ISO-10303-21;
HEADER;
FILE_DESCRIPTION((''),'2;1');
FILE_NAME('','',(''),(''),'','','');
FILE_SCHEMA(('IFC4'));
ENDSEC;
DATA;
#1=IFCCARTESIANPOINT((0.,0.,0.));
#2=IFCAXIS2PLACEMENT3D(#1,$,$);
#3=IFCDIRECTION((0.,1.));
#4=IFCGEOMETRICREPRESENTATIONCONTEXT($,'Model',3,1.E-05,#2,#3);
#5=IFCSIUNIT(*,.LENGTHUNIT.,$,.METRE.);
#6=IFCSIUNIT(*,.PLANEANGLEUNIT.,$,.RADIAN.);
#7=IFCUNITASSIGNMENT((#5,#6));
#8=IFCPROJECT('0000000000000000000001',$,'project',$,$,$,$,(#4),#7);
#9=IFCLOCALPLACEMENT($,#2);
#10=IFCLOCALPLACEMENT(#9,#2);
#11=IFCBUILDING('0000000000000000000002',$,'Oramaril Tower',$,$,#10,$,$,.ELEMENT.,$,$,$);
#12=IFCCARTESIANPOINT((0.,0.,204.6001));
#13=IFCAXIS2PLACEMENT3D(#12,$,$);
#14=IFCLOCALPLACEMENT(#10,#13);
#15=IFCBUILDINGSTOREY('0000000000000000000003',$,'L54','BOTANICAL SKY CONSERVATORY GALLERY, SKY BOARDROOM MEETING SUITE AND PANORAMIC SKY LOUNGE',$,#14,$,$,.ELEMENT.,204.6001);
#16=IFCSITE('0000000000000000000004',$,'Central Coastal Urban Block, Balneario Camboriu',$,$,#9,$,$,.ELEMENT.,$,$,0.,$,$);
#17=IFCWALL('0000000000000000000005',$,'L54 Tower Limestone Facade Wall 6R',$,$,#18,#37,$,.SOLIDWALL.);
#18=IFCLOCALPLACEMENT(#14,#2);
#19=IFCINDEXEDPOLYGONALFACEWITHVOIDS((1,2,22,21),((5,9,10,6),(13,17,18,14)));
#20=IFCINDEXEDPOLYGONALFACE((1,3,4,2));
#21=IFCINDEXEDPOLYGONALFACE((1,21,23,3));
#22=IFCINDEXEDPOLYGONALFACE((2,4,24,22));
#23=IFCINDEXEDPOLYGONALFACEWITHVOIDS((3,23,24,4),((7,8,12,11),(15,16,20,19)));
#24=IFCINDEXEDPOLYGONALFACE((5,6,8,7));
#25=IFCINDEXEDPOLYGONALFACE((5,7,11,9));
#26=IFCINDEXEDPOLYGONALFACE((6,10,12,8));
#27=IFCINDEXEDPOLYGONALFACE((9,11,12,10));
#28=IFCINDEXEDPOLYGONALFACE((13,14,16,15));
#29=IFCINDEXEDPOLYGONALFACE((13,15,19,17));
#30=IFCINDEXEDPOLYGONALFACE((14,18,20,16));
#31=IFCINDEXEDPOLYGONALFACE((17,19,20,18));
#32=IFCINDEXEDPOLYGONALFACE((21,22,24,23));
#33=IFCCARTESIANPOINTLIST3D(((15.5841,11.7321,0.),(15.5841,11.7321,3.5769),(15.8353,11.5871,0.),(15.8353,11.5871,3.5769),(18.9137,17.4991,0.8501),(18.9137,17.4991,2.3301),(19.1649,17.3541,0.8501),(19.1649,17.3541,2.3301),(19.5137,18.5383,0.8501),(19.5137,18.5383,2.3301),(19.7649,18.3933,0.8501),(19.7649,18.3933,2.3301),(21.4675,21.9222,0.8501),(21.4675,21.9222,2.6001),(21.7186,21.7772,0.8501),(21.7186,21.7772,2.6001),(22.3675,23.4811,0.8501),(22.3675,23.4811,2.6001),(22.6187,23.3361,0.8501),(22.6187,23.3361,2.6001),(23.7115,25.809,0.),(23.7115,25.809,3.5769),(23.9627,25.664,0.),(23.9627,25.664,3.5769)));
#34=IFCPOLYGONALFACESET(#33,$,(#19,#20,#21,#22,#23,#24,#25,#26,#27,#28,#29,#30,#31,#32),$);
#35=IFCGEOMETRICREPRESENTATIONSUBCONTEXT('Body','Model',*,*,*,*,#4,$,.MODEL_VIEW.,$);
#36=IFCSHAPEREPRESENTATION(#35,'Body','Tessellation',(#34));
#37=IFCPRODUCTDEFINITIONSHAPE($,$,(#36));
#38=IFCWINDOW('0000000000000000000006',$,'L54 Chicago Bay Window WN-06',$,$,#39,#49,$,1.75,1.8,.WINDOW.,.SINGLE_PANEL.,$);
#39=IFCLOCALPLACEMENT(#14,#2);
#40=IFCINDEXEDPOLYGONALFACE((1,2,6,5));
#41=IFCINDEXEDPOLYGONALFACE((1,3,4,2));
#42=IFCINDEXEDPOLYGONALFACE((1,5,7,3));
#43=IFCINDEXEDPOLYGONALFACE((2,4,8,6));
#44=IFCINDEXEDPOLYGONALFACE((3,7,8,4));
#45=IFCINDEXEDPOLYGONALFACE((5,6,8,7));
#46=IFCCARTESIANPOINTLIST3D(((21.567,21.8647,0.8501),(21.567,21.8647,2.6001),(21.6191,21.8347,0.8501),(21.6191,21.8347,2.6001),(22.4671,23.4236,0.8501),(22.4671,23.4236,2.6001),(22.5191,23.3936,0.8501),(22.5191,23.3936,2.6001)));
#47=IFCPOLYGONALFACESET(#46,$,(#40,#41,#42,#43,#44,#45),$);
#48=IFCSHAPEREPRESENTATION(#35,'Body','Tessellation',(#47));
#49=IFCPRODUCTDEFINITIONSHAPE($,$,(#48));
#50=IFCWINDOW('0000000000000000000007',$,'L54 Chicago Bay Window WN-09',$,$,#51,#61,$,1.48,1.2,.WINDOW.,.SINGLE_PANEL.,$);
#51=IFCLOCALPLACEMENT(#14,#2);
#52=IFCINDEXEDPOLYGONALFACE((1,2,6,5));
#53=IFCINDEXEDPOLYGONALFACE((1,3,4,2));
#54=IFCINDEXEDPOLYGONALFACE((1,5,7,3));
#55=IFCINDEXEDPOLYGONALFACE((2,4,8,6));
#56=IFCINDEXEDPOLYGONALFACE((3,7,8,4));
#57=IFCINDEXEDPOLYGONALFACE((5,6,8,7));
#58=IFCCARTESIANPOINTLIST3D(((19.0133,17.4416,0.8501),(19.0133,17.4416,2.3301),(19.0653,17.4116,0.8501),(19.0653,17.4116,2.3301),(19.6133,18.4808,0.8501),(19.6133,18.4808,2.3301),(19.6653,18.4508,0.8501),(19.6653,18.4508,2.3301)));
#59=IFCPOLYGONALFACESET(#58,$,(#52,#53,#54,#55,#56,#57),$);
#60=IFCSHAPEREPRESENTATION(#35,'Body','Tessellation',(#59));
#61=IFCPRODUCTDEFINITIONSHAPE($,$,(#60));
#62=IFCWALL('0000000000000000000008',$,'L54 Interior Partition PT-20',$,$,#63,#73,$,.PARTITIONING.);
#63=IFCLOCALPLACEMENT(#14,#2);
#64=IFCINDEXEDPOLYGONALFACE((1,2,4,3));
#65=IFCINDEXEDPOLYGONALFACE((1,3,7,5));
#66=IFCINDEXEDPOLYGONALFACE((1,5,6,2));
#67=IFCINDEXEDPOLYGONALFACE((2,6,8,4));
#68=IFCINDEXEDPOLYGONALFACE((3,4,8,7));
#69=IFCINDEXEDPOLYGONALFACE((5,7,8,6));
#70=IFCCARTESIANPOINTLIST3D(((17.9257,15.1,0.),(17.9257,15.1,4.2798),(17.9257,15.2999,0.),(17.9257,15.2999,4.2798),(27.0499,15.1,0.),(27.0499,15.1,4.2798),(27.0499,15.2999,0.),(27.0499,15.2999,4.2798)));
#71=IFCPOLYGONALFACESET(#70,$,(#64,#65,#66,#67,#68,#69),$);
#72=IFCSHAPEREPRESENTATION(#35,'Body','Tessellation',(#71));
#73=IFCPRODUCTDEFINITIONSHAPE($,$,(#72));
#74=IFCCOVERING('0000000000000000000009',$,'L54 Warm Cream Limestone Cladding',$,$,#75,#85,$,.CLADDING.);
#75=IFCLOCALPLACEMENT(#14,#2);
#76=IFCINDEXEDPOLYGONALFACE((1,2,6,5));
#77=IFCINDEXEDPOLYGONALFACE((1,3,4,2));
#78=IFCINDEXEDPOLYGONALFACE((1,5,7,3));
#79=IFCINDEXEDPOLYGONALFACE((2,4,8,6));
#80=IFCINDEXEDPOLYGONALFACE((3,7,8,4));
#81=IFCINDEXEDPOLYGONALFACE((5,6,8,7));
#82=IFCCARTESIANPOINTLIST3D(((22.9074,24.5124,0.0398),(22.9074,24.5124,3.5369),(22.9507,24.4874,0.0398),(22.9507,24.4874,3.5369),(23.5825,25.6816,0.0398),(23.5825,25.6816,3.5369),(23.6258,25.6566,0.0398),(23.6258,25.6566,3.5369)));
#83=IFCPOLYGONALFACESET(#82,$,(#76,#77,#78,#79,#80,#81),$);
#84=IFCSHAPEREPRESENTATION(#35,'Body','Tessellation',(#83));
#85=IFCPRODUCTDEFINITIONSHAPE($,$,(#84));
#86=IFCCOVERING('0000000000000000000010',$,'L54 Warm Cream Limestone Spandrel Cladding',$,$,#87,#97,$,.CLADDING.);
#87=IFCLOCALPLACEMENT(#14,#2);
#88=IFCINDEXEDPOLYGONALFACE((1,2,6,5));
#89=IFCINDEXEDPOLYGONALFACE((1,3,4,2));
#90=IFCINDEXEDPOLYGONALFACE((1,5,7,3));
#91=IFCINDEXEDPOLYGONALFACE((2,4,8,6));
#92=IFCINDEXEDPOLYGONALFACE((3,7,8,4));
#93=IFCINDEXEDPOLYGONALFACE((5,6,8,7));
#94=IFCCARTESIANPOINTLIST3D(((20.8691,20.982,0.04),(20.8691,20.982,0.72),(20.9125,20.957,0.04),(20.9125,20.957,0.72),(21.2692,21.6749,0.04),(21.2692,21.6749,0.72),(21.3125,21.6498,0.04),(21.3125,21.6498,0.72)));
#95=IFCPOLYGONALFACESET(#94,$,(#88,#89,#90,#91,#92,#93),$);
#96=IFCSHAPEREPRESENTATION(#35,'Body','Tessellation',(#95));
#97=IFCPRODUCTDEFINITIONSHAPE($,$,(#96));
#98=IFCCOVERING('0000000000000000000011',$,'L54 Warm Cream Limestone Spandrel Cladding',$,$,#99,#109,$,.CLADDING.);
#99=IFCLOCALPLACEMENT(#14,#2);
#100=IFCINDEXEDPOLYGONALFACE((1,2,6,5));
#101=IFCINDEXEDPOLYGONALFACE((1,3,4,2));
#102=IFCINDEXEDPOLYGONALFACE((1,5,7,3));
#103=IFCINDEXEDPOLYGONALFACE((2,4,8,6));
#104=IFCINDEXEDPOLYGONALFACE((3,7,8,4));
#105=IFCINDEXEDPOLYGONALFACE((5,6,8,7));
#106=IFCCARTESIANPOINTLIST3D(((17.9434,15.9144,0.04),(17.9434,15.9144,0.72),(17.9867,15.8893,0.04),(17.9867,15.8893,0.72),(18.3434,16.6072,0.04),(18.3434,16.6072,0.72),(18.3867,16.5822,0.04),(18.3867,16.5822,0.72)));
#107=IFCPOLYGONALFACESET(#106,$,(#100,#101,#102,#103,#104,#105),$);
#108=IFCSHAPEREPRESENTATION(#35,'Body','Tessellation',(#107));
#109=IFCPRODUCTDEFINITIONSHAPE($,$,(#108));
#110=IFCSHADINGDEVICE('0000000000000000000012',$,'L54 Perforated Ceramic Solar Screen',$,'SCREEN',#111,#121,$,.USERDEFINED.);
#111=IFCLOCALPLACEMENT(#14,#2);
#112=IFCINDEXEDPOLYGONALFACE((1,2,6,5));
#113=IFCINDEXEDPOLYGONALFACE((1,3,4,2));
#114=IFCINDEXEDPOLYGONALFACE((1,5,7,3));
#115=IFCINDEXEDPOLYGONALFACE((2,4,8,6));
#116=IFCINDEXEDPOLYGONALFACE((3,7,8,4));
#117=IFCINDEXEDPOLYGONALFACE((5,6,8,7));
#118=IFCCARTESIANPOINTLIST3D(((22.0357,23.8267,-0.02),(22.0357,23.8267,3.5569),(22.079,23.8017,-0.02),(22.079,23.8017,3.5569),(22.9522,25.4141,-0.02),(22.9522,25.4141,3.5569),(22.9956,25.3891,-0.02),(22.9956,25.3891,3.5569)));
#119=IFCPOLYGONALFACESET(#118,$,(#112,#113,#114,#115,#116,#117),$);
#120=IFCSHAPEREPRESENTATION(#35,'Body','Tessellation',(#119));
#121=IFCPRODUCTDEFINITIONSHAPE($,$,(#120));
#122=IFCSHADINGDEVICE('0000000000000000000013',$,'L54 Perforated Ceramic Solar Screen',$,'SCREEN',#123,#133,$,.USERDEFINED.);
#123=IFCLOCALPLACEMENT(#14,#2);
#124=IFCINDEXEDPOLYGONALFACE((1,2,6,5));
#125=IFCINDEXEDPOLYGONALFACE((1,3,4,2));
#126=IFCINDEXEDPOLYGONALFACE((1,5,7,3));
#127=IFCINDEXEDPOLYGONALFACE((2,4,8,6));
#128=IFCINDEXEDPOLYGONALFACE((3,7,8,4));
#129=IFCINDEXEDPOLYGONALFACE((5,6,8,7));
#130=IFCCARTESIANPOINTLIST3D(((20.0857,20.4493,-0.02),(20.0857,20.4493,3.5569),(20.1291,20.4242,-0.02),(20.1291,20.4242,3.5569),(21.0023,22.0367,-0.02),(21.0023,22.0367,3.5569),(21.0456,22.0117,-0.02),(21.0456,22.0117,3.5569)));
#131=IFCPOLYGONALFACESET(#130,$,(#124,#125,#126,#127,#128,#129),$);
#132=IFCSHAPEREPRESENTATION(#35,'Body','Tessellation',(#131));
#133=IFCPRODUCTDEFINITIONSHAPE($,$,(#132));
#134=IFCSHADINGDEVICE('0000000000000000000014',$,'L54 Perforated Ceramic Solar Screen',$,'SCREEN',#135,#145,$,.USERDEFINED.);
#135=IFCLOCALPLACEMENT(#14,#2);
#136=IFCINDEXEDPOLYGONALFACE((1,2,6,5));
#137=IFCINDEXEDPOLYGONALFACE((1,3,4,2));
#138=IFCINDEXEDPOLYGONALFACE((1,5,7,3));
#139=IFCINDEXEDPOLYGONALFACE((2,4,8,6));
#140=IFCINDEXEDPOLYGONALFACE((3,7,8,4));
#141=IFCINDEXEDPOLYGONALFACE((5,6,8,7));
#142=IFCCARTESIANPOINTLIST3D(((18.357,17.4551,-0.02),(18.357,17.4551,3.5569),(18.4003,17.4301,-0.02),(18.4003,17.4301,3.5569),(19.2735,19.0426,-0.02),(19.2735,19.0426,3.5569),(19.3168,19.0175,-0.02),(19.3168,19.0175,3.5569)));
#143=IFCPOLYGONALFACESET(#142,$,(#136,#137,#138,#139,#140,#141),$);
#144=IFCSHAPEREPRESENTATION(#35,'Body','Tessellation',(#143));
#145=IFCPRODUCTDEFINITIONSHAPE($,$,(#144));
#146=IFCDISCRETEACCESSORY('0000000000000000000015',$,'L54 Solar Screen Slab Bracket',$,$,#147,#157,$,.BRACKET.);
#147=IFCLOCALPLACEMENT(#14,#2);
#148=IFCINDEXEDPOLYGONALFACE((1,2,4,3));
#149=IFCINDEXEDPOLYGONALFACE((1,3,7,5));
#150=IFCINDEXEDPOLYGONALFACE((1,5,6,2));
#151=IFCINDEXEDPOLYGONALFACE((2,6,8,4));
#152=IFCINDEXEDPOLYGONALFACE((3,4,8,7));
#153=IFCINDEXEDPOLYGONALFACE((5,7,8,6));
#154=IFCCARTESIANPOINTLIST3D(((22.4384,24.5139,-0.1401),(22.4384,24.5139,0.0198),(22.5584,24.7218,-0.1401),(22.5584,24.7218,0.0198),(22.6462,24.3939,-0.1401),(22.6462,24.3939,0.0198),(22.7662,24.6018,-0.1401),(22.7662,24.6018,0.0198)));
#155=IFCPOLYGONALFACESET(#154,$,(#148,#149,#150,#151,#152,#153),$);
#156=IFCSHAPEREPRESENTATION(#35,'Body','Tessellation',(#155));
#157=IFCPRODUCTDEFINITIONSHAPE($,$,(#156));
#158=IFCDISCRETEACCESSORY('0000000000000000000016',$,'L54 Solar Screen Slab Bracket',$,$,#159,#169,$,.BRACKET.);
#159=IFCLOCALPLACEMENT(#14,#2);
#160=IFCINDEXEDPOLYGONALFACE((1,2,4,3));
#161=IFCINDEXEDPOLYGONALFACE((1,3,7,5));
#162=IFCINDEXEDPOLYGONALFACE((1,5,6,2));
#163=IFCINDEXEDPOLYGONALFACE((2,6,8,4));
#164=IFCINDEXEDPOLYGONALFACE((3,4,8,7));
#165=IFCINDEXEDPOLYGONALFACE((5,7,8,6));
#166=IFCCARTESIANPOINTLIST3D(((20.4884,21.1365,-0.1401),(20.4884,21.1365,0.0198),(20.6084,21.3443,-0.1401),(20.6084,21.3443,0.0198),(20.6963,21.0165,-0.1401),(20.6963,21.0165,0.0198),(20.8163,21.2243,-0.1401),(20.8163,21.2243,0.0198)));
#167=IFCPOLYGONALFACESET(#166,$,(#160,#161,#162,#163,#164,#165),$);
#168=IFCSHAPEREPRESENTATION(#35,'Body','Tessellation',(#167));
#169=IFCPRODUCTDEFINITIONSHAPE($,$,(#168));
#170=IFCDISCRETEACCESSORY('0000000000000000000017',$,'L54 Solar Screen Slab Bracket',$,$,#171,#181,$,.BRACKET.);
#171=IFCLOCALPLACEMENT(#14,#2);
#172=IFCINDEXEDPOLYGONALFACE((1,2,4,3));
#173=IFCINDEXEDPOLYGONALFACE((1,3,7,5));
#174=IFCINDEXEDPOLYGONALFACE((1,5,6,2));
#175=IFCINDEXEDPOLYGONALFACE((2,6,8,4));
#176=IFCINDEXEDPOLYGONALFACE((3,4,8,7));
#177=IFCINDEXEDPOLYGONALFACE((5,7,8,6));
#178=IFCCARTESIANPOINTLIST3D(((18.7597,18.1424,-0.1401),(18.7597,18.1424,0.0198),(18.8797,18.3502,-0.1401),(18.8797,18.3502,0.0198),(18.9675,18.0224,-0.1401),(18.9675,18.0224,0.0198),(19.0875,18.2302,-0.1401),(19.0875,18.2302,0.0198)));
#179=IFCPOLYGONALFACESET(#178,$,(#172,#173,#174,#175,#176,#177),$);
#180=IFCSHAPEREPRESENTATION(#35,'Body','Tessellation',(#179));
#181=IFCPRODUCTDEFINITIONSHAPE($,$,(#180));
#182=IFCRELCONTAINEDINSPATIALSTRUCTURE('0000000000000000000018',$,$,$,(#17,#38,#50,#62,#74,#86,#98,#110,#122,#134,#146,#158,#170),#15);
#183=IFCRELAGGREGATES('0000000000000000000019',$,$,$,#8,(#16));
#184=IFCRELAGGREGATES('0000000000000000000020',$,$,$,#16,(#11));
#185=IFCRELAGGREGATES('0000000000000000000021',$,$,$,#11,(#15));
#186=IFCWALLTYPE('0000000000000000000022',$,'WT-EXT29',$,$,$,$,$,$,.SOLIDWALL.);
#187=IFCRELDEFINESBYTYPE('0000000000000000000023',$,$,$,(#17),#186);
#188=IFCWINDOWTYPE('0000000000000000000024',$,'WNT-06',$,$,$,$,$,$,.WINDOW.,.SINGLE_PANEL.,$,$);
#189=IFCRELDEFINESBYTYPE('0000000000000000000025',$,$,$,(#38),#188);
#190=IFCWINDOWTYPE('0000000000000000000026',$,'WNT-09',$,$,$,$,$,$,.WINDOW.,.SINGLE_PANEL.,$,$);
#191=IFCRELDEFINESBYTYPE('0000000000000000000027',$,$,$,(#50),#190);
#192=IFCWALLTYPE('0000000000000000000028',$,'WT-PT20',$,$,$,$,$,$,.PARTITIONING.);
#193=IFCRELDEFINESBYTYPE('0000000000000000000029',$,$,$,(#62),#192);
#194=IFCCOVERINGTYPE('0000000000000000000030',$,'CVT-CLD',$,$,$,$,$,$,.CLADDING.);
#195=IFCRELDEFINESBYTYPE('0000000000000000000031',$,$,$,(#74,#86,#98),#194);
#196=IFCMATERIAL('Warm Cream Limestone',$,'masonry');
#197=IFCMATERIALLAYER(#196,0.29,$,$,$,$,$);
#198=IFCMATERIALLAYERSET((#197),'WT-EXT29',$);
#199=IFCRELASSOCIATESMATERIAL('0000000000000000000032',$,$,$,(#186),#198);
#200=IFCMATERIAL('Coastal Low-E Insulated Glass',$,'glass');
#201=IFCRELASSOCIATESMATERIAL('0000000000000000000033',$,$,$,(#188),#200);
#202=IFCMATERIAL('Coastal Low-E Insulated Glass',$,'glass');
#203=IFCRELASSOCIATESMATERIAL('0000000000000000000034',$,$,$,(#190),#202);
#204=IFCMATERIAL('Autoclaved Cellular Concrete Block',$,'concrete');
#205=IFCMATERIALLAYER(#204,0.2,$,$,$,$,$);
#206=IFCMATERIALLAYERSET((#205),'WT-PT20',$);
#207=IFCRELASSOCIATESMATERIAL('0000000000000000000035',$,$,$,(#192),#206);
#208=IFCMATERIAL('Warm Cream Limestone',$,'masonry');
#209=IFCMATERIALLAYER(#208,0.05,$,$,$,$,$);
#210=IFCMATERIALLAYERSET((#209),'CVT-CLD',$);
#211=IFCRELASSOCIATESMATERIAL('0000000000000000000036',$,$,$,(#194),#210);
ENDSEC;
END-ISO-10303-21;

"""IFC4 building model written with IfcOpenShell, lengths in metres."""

from ifc_helpers import new_model, si_unit, direction, frame, frame_2d, origin, origin_2d, place, context, subcontext, project, spatial, rectangle, extrude, material, layer, layer_set, type_object, element, fill, save


model = new_model("IFC4")

# Units and contexts
model_context = context("Model", 3, precision=1e-05, world=origin(), true_north=direction((0.0, 1.0)))
body_context = subcontext(model_context, "Body", "Model", "MODEL_VIEW")
ifc_project = project(units=[si_unit("LENGTHUNIT", "METRE"), si_unit("PLANEANGLEUNIT", "RADIAN")], contexts=[model_context])

# Site, building, storey
site_placement = place(None, origin())
site = spatial("IfcSite", under=ifc_project, at=site_placement, Name="Central Coastal Urban Block, Balneario Camboriu", CompositionType="ELEMENT", RefElevation=0.0)
building_placement = place(site_placement, origin())
building = spatial("IfcBuilding", under=site, at=building_placement, Name="Oramaril Tower", CompositionType="ELEMENT")
storey_placement = place(building_placement, frame((0.0, 0.0, 204.6001)))
storey = spatial("IfcBuildingStorey", under=building, at=storey_placement, Name="L54", Description="BOTANICAL SKY CONSERVATORY GALLERY, SKY BOARDROOM MEETING SUITE AND PANORAMIC SKY LOUNGE", CompositionType="ELEMENT", Elevation=204.6001)

# Wall, openings, windows
ifc_material_1 = material(Name="Warm Cream Limestone", Category="masonry")
ifc_layer_1 = layer(ifc_material_1, 0.29)
ifc_layer_set_1 = layer_set([ifc_layer_1], Name="WT-EXT29")
wall_type_1 = type_object("IfcWallType", Name="WT-EXT29", PredefinedType="SOLIDWALL", material=ifc_layer_set_1)
wall_1_placement = place(storey_placement, frame((23.8372, 25.7366, 0.0), z_axis=(0.0, 0.0, 1.0), x_axis=(-0.500006, -0.866022, 0.0)))
wall_1 = element("IfcWall", 1, at=wall_1_placement, inside=storey, type_object=wall_type_1, Name="L54 Tower Limestone Facade Wall 6R", PredefinedType="SOLIDWALL", context=body_context, shape_type="SweptSolid", body=[
    extrude(rectangle(XDim=16.2546, YDim=0.29, at=frame_2d((8.1274, 0.0))), origin(), (0.0, 0.0, 1.0), 3.5769),
])
opening_1_placement = place(wall_1_placement, frame((2.6882, 0.0, 0.8501)))
opening_1 = element("IfcOpeningElement", 2, at=opening_1_placement, cuts=wall_1, PredefinedType="OPENING", context=body_context, shape_type="SweptSolid", body=[
    extrude(rectangle(XDim=1.8, YDim=1.75, at=frame_2d((0.8999, 0.875))), frame((0.0, 0.145, 0.0), z_axis=(0.0, -1.0, 0.0), x_axis=(1.0, 0.0, 0.0)), (0.0, 0.0, 1.0), 0.29),
])
opening_2_placement = place(wall_1_placement, frame((8.3955, 0.0, 0.8501)))
opening_2 = element("IfcOpeningElement", 3, at=opening_2_placement, cuts=wall_1, PredefinedType="OPENING", context=body_context, shape_type="SweptSolid", body=[
    extrude(rectangle(XDim=1.2, YDim=1.48, at=frame_2d((0.6001, 0.74))), frame((0.0, 0.145, 0.0), z_axis=(0.0, -1.0, 0.0), x_axis=(1.0, 0.0, 0.0)), (0.0, 0.0, 1.0), 0.29),
])
ifc_material_2 = material(Name="Coastal Low-E Insulated Glass", Category="glass")
window_type_1 = type_object("IfcWindowType", Name="WNT-06", PartitioningType="SINGLE_PANEL", PredefinedType="WINDOW", material=ifc_material_2)
window_1_placement = place(opening_1_placement, origin())
window_1 = element("IfcWindow", 4, at=window_1_placement, inside=storey, type_object=window_type_1, Name="L54 Chicago Bay Window WN-06", OverallHeight=1.75, OverallWidth=1.8, PartitioningType="SINGLE_PANEL", PredefinedType="WINDOW", context=body_context, shape_type="SweptSolid", body=[
    extrude(rectangle(XDim=1.8, YDim=1.75, at=frame_2d((0.8999, 0.875))), frame((0.0, 0.03, 0.0), z_axis=(0.0, -1.0, 0.0), x_axis=(1.0, 0.0, 0.0)), (0.0, 0.0, 1.0), 0.0601),
])
fill(opening_1, window_1)
ifc_material_3 = material(Name="Coastal Low-E Insulated Glass", Category="glass")
window_type_2 = type_object("IfcWindowType", Name="WNT-09", PartitioningType="SINGLE_PANEL", PredefinedType="WINDOW", material=ifc_material_3)
window_2_placement = place(opening_2_placement, origin())
window_2 = element("IfcWindow", 5, at=window_2_placement, inside=storey, type_object=window_type_2, Name="L54 Chicago Bay Window WN-09", OverallHeight=1.48, OverallWidth=1.2, PartitioningType="SINGLE_PANEL", PredefinedType="WINDOW", context=body_context, shape_type="SweptSolid", body=[
    extrude(rectangle(XDim=1.2, YDim=1.48, at=frame_2d((0.6001, 0.74))), frame((0.0, 0.03, 0.0), z_axis=(0.0, -1.0, 0.0), x_axis=(1.0, 0.0, 0.0)), (0.0, 0.0, 1.0), 0.0601),
])
fill(opening_2, window_2)

# Wall
ifc_material_4 = material(Name="Autoclaved Cellular Concrete Block", Category="concrete")
ifc_layer_2 = layer(ifc_material_4, 0.2)
ifc_layer_set_2 = layer_set([ifc_layer_2], Name="WT-PT20")
wall_type_2 = type_object("IfcWallType", Name="WT-PT20", PredefinedType="PARTITIONING", material=ifc_layer_set_2)
wall_2_placement = place(storey_placement, frame((17.9258, 15.2, 0.0), z_axis=(0.0, 0.0, 1.0), x_axis=(1.0, 0.0, 0.0)))
element("IfcWall", 6, at=wall_2_placement, inside=storey, type_object=wall_type_2, Name="L54 Interior Partition PT-20", PredefinedType="PARTITIONING", context=body_context, shape_type="SweptSolid", body=[
    extrude(rectangle(XDim=9.1243, YDim=0.2, at=frame_2d((4.562, 0.0))), origin(), (0.0, 0.0, 1.0), 4.2798),
])

# Coverings
ifc_material_5 = material(Name="Warm Cream Limestone", Category="masonry")
ifc_layer_3 = layer(ifc_material_5, 0.05)
ifc_layer_set_3 = layer_set([ifc_layer_3], Name="CVT-CLD")
covering_type = type_object("IfcCoveringType", Name="CVT-CLD", PredefinedType="CLADDING", material=ifc_layer_set_3)
covering_placement = place(storey_placement, frame((23.2666, 25.0845, 0.0398), z_axis=(0.0, 0.0, 1.0), x_axis=(-0.5, -0.866025, 0.0)))
element("IfcCovering", 7, at=covering_placement, inside=storey, type_object=covering_type, Name="L54 Warm Cream Limestone Cladding", PredefinedType="CLADDING", context=body_context, shape_type="SweptSolid", body=[
    extrude(rectangle(XDim=1.3501, YDim=0.05, at=origin_2d()), origin(), (0.0, 0.0, 1.0), 3.4971),
])
for number, where, z_axis, x_axis, name in (
    (8, (21.0908, 21.3159, 0.04), (0.0, 0.0, 1.0), (-0.5, -0.866025, 0.0), "L54 Warm Cream Limestone Spandrel Cladding"),
    (9, (18.165, 16.2483, 0.04), (0.0, 0.0, 1.0), (-0.5, -0.866025, 0.0), "L54 Warm Cream Limestone Spandrel Cladding"),
):
    element("IfcCovering", number, at=place(storey_placement, frame(where, z_axis=z_axis, x_axis=x_axis)), inside=storey, type_object=covering_type, Name=name, PredefinedType="CLADDING", context=body_context, shape_type="SweptSolid", body=[
        extrude(rectangle(XDim=0.8, YDim=0.05, at=origin_2d()), origin(), (0.0, 0.0, 1.0), 0.6799),
    ])

# Shading devices
for number, where, z_axis, x_axis, name in (
    (10, (22.5156, 24.6079, -0.02), (0.0, 0.0, 1.0), (-0.500002, -0.866025, 0.0), "L54 Perforated Ceramic Solar Screen"),
    (11, (20.5657, 21.2305, -0.02), (0.0, 0.0, 1.0), (-0.500002, -0.866025, 0.0), "L54 Perforated Ceramic Solar Screen"),
    (12, (18.8369, 18.2363, -0.02), (0.0, 0.0, 1.0), (-0.500002, -0.866025, 0.0), "L54 Perforated Ceramic Solar Screen"),
):
    element("IfcShadingDevice", number, at=place(storey_placement, frame(where, z_axis=z_axis, x_axis=x_axis)), inside=storey, Name=name, ObjectType="SCREEN", PredefinedType="USERDEFINED", context=body_context, shape_type="SweptSolid", body=[
        extrude(rectangle(XDim=1.833, YDim=0.05, at=origin_2d()), origin(), (0.0, 0.0, 1.0), 3.5769),
    ])

# Discrete accessories
for number, where, z_axis, x_axis, name in (
    (13, (22.6023, 24.5579, -0.1401), (0.0, 0.0, 1.0), (-0.500002, -0.866025, 0.0), "L54 Solar Screen Slab Bracket"),
    (14, (20.6523, 21.1804, -0.1401), (0.0, 0.0, 1.0), (-0.500002, -0.866025, 0.0), "L54 Solar Screen Slab Bracket"),
    (15, (18.9236, 18.1863, -0.1401), (0.0, 0.0, 1.0), (-0.500002, -0.866025, 0.0), "L54 Solar Screen Slab Bracket"),
):
    element("IfcDiscreteAccessory", number, at=place(storey_placement, frame(where, z_axis=z_axis, x_axis=x_axis)), inside=storey, Name=name, PredefinedType="BRACKET", context=body_context, shape_type="SweptSolid", body=[
        extrude(rectangle(XDim=0.24, YDim=0.24, at=origin_2d()), origin(), (0.0, 0.0, 1.0), 0.1599),
    ])

save(model, "model.ifc")
